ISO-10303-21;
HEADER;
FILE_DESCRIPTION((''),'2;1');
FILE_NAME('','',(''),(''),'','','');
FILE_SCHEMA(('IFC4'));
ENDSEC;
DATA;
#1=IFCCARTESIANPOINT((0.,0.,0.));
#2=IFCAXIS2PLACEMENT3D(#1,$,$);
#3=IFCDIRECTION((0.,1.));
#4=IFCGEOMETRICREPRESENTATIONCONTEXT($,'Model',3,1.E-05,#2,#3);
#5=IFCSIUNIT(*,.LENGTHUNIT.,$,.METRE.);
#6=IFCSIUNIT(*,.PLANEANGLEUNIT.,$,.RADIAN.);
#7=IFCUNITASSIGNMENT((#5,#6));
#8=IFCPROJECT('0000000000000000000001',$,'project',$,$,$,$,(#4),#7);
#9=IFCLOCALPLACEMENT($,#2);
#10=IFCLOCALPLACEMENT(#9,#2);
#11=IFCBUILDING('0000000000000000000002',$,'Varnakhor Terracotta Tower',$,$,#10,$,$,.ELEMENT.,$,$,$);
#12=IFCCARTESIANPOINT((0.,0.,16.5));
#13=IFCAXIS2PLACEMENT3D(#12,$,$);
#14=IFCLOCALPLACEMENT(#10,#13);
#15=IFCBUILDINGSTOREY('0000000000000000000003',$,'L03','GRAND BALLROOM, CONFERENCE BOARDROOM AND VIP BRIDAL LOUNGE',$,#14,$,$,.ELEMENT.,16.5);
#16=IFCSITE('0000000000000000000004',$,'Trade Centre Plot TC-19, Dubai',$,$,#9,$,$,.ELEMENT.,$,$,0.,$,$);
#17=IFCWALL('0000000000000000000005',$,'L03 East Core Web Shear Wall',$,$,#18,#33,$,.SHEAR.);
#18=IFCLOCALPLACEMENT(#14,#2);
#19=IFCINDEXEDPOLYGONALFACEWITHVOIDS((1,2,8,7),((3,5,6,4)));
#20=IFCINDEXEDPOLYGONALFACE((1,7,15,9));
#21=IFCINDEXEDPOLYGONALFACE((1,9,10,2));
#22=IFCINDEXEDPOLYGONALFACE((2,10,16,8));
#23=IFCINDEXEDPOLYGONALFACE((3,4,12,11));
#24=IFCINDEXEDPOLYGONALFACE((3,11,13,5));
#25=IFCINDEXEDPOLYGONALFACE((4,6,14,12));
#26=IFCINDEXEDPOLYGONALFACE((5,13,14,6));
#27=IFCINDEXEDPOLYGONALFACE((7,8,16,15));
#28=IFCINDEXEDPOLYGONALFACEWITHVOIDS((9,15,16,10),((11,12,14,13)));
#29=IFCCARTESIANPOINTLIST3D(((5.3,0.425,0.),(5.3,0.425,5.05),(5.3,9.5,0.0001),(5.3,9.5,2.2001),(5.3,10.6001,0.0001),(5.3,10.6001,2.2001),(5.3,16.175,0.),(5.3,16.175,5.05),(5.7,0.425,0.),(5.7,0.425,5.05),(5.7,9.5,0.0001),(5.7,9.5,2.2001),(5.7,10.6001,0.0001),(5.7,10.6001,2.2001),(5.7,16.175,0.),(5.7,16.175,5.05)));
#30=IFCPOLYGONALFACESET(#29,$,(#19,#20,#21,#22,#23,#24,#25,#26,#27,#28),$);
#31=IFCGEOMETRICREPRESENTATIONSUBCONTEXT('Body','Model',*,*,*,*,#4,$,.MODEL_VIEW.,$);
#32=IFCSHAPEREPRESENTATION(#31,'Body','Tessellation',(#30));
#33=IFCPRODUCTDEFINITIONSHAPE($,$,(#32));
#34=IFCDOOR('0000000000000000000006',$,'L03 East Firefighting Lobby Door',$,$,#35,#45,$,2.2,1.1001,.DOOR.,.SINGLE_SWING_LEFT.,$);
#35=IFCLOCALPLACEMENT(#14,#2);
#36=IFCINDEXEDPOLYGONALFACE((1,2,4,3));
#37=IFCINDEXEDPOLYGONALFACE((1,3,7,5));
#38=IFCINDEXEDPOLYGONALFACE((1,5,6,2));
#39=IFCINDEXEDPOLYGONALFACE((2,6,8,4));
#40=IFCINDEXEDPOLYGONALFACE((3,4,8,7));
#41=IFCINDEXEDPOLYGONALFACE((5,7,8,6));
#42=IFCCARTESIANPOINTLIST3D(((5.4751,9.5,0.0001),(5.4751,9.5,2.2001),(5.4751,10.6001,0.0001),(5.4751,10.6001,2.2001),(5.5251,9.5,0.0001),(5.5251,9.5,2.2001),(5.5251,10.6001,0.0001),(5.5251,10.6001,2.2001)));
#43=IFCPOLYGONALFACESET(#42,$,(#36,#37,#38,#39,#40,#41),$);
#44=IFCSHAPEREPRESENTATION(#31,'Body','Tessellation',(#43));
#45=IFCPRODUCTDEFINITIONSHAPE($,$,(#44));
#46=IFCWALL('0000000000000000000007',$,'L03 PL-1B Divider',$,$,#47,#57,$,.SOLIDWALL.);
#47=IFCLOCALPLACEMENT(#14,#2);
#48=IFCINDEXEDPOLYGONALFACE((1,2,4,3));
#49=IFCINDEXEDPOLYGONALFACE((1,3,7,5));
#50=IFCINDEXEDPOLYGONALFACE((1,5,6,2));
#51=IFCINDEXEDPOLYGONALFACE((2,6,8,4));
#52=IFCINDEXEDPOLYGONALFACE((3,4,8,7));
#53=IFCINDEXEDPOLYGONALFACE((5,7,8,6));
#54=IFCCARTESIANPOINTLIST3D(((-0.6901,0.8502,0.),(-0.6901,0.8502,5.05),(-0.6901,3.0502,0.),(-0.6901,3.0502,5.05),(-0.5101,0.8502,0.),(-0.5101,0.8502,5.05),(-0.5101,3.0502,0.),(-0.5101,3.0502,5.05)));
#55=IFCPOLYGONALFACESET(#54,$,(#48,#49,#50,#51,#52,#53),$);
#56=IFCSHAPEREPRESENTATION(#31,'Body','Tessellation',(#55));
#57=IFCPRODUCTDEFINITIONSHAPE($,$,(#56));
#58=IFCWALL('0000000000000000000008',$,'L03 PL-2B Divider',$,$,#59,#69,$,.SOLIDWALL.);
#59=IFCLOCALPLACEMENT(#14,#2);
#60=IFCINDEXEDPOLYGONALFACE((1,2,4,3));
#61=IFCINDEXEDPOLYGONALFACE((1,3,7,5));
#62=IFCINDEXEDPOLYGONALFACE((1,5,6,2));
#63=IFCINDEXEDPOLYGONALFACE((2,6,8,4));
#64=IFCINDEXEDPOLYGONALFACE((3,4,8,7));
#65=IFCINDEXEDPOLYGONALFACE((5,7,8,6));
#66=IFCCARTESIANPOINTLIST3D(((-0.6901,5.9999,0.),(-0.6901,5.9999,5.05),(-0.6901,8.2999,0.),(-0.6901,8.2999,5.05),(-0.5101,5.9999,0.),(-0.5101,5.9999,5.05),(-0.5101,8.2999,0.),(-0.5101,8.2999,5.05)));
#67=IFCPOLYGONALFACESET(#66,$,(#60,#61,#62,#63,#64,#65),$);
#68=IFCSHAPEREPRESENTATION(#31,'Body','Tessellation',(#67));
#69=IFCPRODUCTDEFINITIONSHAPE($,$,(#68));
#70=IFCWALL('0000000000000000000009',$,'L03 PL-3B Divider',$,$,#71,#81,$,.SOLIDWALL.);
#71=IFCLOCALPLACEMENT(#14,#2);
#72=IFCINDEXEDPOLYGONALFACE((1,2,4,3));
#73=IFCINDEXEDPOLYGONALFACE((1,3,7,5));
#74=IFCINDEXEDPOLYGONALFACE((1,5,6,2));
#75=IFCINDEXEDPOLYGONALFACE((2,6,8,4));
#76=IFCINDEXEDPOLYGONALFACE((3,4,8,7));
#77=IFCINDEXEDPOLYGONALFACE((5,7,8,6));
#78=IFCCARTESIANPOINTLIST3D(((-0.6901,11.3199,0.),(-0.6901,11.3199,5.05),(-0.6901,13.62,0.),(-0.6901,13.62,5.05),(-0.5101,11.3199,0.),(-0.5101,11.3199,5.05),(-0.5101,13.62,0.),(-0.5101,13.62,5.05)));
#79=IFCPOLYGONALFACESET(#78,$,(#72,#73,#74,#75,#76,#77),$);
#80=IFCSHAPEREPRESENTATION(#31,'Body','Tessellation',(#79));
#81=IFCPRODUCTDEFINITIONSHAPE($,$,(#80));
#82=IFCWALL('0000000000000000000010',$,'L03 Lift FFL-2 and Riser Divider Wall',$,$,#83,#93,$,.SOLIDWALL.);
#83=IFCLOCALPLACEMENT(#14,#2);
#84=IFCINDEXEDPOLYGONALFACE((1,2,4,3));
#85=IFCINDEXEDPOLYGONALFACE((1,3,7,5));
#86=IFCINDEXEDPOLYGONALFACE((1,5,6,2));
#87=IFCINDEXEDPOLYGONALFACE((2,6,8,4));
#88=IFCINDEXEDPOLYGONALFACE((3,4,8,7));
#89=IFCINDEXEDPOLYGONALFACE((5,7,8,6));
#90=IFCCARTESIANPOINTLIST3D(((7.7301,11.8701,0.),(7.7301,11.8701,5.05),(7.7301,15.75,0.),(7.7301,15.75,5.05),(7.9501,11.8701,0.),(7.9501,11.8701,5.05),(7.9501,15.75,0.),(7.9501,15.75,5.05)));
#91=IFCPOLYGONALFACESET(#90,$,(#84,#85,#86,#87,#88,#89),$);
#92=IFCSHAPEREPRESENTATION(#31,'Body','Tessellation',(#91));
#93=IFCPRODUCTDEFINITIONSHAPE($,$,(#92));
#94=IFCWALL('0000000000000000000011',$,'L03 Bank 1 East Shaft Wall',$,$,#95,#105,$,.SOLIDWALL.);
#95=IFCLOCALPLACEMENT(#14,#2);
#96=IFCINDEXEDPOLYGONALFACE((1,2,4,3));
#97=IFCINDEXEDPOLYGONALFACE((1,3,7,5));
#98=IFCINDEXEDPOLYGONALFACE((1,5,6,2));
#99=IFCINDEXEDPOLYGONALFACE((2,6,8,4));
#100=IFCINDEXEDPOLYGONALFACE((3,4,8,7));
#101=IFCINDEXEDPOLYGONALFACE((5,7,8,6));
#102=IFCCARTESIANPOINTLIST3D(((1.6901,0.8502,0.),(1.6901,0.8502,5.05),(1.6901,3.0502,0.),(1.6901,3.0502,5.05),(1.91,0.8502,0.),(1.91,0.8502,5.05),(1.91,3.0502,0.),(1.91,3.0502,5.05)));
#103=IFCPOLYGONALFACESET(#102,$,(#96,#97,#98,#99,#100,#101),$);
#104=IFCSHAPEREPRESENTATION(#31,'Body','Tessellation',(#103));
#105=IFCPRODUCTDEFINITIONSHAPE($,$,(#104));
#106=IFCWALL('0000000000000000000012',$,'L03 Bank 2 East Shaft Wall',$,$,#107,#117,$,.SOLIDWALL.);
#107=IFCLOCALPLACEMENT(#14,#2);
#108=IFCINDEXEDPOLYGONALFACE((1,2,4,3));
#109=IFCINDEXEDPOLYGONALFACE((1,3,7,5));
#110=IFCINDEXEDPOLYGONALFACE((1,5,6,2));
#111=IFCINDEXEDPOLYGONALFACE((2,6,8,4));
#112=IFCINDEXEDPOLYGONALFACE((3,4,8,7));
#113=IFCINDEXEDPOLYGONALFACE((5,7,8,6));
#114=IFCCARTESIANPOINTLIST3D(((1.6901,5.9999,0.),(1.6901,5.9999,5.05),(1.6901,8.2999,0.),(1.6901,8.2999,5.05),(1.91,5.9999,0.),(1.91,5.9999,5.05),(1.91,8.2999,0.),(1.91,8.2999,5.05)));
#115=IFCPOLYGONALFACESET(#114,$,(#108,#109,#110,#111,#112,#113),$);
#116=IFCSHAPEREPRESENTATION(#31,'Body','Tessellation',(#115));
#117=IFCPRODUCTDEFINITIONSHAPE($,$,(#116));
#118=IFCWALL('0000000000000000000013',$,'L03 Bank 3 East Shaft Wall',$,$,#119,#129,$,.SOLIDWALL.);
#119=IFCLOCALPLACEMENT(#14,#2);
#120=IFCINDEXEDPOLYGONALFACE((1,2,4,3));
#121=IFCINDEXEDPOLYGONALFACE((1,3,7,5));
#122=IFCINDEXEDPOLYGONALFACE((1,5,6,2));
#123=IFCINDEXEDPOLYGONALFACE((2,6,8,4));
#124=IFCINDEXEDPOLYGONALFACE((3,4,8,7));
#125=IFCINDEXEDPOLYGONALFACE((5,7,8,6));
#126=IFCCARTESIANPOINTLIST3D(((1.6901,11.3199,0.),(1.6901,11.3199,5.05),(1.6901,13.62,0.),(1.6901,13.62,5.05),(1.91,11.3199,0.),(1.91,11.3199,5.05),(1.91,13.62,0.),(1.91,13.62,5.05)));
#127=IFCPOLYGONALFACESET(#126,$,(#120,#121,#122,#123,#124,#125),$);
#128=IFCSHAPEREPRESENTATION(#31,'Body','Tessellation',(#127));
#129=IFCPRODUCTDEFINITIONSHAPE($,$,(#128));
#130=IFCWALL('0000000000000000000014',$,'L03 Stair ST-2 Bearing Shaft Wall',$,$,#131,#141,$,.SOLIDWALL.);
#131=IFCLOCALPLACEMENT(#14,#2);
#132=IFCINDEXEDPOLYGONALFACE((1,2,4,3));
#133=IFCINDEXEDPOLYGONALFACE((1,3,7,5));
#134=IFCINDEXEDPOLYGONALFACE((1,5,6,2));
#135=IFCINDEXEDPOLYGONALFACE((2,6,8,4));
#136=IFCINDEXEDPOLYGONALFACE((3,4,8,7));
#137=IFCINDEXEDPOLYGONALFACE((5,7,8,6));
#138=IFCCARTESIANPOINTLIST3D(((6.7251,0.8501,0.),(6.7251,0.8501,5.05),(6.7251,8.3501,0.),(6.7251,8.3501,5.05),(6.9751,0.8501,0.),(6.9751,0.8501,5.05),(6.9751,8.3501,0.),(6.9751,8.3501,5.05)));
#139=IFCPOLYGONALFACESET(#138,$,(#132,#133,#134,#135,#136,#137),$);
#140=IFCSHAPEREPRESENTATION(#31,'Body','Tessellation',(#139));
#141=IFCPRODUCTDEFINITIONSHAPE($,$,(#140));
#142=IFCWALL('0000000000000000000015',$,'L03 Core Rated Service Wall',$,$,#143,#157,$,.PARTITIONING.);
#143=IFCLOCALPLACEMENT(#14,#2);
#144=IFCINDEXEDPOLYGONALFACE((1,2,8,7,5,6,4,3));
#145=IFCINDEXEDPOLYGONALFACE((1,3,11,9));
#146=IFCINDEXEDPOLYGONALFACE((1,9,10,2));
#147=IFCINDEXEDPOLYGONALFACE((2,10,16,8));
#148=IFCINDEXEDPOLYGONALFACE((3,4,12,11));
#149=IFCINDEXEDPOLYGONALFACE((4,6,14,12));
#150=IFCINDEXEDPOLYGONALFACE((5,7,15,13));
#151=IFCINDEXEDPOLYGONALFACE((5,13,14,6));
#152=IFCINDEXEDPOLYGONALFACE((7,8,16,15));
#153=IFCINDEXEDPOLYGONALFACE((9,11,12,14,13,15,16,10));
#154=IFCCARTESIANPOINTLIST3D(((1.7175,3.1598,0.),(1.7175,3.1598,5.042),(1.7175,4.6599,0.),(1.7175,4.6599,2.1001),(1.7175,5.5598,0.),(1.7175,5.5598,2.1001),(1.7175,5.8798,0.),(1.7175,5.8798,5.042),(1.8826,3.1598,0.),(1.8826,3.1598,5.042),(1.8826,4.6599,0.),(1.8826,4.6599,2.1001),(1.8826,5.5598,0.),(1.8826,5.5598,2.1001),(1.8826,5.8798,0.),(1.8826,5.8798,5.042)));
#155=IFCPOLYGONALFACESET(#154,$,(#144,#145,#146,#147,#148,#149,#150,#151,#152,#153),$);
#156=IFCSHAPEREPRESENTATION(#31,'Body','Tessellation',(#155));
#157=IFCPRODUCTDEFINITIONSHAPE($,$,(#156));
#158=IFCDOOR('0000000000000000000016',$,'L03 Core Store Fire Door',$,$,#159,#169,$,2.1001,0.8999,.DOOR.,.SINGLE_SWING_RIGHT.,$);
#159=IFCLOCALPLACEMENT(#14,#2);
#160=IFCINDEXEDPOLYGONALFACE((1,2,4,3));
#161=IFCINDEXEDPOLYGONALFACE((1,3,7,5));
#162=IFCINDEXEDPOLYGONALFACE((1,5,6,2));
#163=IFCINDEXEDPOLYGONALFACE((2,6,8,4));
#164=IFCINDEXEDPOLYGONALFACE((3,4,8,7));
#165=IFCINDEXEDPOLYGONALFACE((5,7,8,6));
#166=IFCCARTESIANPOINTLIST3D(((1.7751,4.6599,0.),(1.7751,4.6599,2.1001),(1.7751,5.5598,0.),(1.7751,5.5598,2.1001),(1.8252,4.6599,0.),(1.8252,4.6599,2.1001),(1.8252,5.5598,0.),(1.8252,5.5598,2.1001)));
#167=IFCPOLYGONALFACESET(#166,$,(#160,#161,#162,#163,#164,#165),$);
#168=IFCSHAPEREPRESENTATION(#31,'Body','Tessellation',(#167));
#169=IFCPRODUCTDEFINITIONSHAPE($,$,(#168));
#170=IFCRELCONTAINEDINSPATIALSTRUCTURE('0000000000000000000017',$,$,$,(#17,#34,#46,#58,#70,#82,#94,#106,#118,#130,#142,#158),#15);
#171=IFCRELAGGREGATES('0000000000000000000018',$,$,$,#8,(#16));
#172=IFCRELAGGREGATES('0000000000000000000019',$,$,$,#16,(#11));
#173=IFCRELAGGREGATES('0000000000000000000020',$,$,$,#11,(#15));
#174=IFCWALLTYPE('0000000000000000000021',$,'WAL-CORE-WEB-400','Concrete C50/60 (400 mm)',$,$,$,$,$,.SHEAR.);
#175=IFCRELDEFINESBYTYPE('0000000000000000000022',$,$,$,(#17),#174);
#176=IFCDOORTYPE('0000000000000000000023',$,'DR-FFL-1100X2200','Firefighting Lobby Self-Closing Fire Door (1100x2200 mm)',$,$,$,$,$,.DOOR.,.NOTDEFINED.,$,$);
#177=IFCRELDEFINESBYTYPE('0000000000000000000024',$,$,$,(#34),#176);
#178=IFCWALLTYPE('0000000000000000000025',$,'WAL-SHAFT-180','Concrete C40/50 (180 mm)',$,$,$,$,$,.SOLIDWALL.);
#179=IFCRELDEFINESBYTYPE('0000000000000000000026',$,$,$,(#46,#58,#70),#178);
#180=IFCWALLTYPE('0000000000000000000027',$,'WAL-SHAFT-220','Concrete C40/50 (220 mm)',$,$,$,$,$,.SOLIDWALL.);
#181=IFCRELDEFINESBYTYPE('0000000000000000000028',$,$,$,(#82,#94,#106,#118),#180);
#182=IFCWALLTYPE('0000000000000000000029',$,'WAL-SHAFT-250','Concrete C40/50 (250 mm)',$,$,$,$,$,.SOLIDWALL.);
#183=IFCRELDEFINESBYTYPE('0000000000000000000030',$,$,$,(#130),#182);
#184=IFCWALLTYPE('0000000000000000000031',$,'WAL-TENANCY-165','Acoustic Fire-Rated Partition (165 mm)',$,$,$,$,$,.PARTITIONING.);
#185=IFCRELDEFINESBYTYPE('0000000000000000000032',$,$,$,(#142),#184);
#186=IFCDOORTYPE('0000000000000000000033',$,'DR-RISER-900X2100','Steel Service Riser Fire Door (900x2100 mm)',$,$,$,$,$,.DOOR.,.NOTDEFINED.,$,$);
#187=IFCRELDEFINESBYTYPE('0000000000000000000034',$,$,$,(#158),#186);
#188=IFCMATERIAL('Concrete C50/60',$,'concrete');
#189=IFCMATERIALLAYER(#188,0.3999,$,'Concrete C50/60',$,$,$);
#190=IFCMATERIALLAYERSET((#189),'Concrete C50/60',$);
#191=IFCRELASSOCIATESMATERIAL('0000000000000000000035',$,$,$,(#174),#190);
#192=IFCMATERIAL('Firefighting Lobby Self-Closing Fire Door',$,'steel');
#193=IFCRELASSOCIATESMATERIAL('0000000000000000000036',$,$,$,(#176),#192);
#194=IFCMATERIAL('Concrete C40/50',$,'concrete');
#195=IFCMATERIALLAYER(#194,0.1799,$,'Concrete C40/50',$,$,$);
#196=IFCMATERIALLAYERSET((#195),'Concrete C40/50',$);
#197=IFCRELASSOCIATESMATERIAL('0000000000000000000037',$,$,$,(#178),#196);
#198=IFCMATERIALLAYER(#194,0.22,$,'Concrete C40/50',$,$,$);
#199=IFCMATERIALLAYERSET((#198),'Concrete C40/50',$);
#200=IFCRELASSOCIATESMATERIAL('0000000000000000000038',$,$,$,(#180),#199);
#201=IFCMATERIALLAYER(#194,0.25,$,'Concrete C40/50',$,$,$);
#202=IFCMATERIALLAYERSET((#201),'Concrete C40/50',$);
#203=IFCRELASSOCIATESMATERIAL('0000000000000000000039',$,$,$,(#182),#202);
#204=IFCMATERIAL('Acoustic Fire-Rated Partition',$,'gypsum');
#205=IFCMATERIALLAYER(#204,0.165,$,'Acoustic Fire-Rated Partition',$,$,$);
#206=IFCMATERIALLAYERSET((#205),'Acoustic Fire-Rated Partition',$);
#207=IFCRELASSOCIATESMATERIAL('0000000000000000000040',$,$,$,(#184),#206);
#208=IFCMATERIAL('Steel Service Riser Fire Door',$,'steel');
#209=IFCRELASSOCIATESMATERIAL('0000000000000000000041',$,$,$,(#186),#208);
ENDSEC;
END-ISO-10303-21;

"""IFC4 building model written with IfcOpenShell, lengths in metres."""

from ifc_helpers import new_model, si_unit, direction, frame, frame_2d, origin, place, context, subcontext, project, spatial, rectangle, extrude, source, transform, mapped, material, layer, layer_set, type_object, type_shapes, element, fill, save


model = new_model("IFC4")

# Units and contexts
model_context = context("Model", 3, precision=1e-05, world=origin(), true_north=direction((0.0, 1.0)))
body_context = subcontext(model_context, "Body", "Model", "MODEL_VIEW")
ifc_project = project(units=[si_unit("LENGTHUNIT", "METRE"), si_unit("PLANEANGLEUNIT", "RADIAN")], contexts=[model_context])

# Site, building, storey
site_placement = place(None, origin())
site = spatial("IfcSite", under=ifc_project, at=site_placement, Name="Trade Centre Plot TC-19, Dubai", CompositionType="ELEMENT", RefElevation=0.0)
building_placement = place(site_placement, origin())
building = spatial("IfcBuilding", under=site, at=building_placement, Name="Varnakhor Terracotta Tower", CompositionType="ELEMENT")
storey_placement = place(building_placement, frame((0.0, 0.0, 16.5)))
storey = spatial("IfcBuildingStorey", under=building, at=storey_placement, Name="L03", Description="GRAND BALLROOM, CONFERENCE BOARDROOM AND VIP BRIDAL LOUNGE", CompositionType="ELEMENT", Elevation=16.5)

# Shared definitions
ifc_material_1 = material(Name="Concrete C50/60", Category="concrete")

# Shared definitions
ifc_material_2 = material(Name="Concrete C40/50", Category="concrete")

# Wall, opening, door
ifc_layer_1 = layer(ifc_material_1, 0.3999, Name="Concrete C50/60")
ifc_layer_set_1 = layer_set([ifc_layer_1], Name="Concrete C50/60")
wall_type_1 = type_object("IfcWallType", Name="WAL-CORE-WEB-400", Description="Concrete C50/60 (400 mm)", PredefinedType="SHEAR", material=ifc_layer_set_1)
wall_1_placement = place(storey_placement, frame((5.5, 0.425, 0.0), z_axis=(0.0, 0.0, 1.0), x_axis=(0.0, 1.0, 0.0)))
wall_1 = element("IfcWall", 1, at=wall_1_placement, inside=storey, type_object=wall_type_1, Name="L03 East Core Web Shear Wall", PredefinedType="SHEAR", context=body_context, shape_type="SweptSolid", body=[
    extrude(rectangle(XDim=15.75, YDim=0.3999, at=frame_2d((7.875, 0.0))), origin(), (0.0, 0.0, 1.0), 5.05),
])
opening_1_placement = place(wall_1_placement, frame((9.075, 0.0, 0.0)))
opening_1 = element("IfcOpeningElement", 2, at=opening_1_placement, cuts=wall_1, PredefinedType="OPENING", context=body_context, shape_type="SweptSolid", body=[
    extrude(rectangle(XDim=1.1001, YDim=2.2, at=frame_2d((0.55, 1.1001))), frame((0.0, 0.21, 0.0), z_axis=(0.0, -1.0, 0.0), x_axis=(1.0, 0.0, 0.0)), (0.0, 0.0, 1.0), 0.4199),
])
ifc_material_3 = material(Name="Firefighting Lobby Self-Closing Fire Door", Category="steel")
door_type_1 = type_object("IfcDoorType", Name="DR-FFL-1100X2200", Description="Firefighting Lobby Self-Closing Fire Door (1100x2200 mm)", OperationType="NOTDEFINED", PredefinedType="DOOR", material=ifc_material_3)
shared_shape_1 = source(origin(), body_context, "Body", "SweptSolid", [
    extrude(rectangle(XDim=1.1001, YDim=2.2, at=frame_2d((0.55, 1.1001))), frame((0.0, 0.0249, 0.0), z_axis=(0.0, -1.0, 0.0), x_axis=(1.0, 0.0, 0.0)), (0.0, 0.0, 1.0), 0.05),
])
type_shapes(door_type_1, [shared_shape_1])
door_1_placement = place(opening_1_placement, origin())
door_1 = element("IfcDoor", 3, at=door_1_placement, inside=storey, type_object=door_type_1, Name="L03 East Firefighting Lobby Door", OperationType="SINGLE_SWING_LEFT", OverallHeight=2.2, OverallWidth=1.1001, PredefinedType="DOOR", context=body_context, shape_type="MappedRepresentation", body=[
    mapped(shared_shape_1, transform((0.0, 0.0, 0.0), scale=1.0)),
])
fill(opening_1, door_1)

# Walls
ifc_layer_2 = layer(ifc_material_2, 0.1799, Name="Concrete C40/50")
ifc_layer_set_2 = layer_set([ifc_layer_2], Name="Concrete C40/50")
wall_type_2 = type_object("IfcWallType", Name="WAL-SHAFT-180", Description="Concrete C40/50 (180 mm)", PredefinedType="SOLIDWALL", material=ifc_layer_set_2)
wall_2_placement = place(storey_placement, frame((-0.6001, 0.8501, 0.0), z_axis=(0.0, 0.0, 1.0), x_axis=(0.0, 1.0, 0.0)))
element("IfcWall", 4, at=wall_2_placement, inside=storey, type_object=wall_type_2, Name="L03 PL-1B Divider", PredefinedType="SOLIDWALL", context=body_context, shape_type="SweptSolid", body=[
    extrude(rectangle(XDim=2.2, YDim=0.1799, at=frame_2d((1.1001, 0.0))), origin(), (0.0, 0.0, 1.0), 5.05),
])
for number, where, z_axis, x_axis, name in (
    (5, (-0.6001, 6.0, 0.0), (0.0, 0.0, 1.0), (0.0, 1.0, 0.0), "L03 PL-2B Divider"),
    (6, (-0.6001, 11.3201, 0.0), (0.0, 0.0, 1.0), (0.0, 1.0, 0.0), "L03 PL-3B Divider"),
):
    element("IfcWall", number, at=place(storey_placement, frame(where, z_axis=z_axis, x_axis=x_axis)), inside=storey, type_object=wall_type_2, Name=name, PredefinedType="SOLIDWALL", context=body_context, shape_type="SweptSolid", body=[
        extrude(rectangle(XDim=2.3, YDim=0.1799, at=frame_2d((1.1499, 0.0))), origin(), (0.0, 0.0, 1.0), 5.05),
    ])
ifc_layer_3 = layer(ifc_material_2, 0.22, Name="Concrete C40/50")
ifc_layer_set_3 = layer_set([ifc_layer_3], Name="Concrete C40/50")
wall_type_3 = type_object("IfcWallType", Name="WAL-SHAFT-220", Description="Concrete C40/50 (220 mm)", PredefinedType="SOLIDWALL", material=ifc_layer_set_3)
wall_3_placement = place(storey_placement, frame((7.8401, 11.8701, 0.0), z_axis=(0.0, 0.0, 1.0), x_axis=(0.0, 1.0, 0.0)))
element("IfcWall", 7, at=wall_3_placement, inside=storey, type_object=wall_type_3, Name="L03 Lift FFL-2 and Riser Divider Wall", PredefinedType="SOLIDWALL", context=body_context, shape_type="SweptSolid", body=[
    extrude(rectangle(XDim=3.8799, YDim=0.22, at=frame_2d((1.9399, 0.0))), origin(), (0.0, 0.0, 1.0), 5.05),
])
wall_4_placement = place(storey_placement, frame((1.8, 0.8501, 0.0), z_axis=(0.0, 0.0, 1.0), x_axis=(0.0, 1.0, 0.0)))
element("IfcWall", 8, at=wall_4_placement, inside=storey, type_object=wall_type_3, Name="L03 Bank 1 East Shaft Wall", PredefinedType="SOLIDWALL", context=body_context, shape_type="SweptSolid", body=[
    extrude(rectangle(XDim=2.2, YDim=0.22, at=frame_2d((1.1001, 0.0))), origin(), (0.0, 0.0, 1.0), 5.05),
])
for number, where, z_axis, x_axis, name in (
    (9, (1.8, 6.0, 0.0), (0.0, 0.0, 1.0), (0.0, 1.0, 0.0), "L03 Bank 2 East Shaft Wall"),
    (10, (1.8, 11.3201, 0.0), (0.0, 0.0, 1.0), (0.0, 1.0, 0.0), "L03 Bank 3 East Shaft Wall"),
):
    element("IfcWall", number, at=place(storey_placement, frame(where, z_axis=z_axis, x_axis=x_axis)), inside=storey, type_object=wall_type_3, Name=name, PredefinedType="SOLIDWALL", context=body_context, shape_type="SweptSolid", body=[
        extrude(rectangle(XDim=2.3, YDim=0.22, at=frame_2d((1.1499, 0.0))), origin(), (0.0, 0.0, 1.0), 5.05),
    ])
ifc_layer_4 = layer(ifc_material_2, 0.25, Name="Concrete C40/50")
ifc_layer_set_4 = layer_set([ifc_layer_4], Name="Concrete C40/50")
wall_type_4 = type_object("IfcWallType", Name="WAL-SHAFT-250", Description="Concrete C40/50 (250 mm)", PredefinedType="SOLIDWALL", material=ifc_layer_set_4)
wall_5_placement = place(storey_placement, frame((6.8501, 0.8501, 0.0), z_axis=(0.0, 0.0, 1.0), x_axis=(0.0, 1.0, 0.0)))
element("IfcWall", 11, at=wall_5_placement, inside=storey, type_object=wall_type_4, Name="L03 Stair ST-2 Bearing Shaft Wall", PredefinedType="SOLIDWALL", context=body_context, shape_type="SweptSolid", body=[
    extrude(rectangle(XDim=7.5, YDim=0.25, at=frame_2d((3.75, 0.0))), origin(), (0.0, 0.0, 1.0), 5.05),
])

# Wall, opening, door
ifc_material_4 = material(Name="Acoustic Fire-Rated Partition", Category="gypsum")
ifc_layer_5 = layer(ifc_material_4, 0.165, Name="Acoustic Fire-Rated Partition")
ifc_layer_set_5 = layer_set([ifc_layer_5], Name="Acoustic Fire-Rated Partition")
wall_type_5 = type_object("IfcWallType", Name="WAL-TENANCY-165", Description="Acoustic Fire-Rated Partition (165 mm)", PredefinedType="PARTITIONING", material=ifc_layer_set_5)
wall_6_placement = place(storey_placement, frame((1.8, 3.1599, 0.0), z_axis=(0.0, 0.0, 1.0), x_axis=(0.0, 1.0, 0.0)))
wall_6 = element("IfcWall", 12, at=wall_6_placement, inside=storey, type_object=wall_type_5, Name="L03 Core Rated Service Wall", PredefinedType="PARTITIONING", context=body_context, shape_type="SweptSolid", body=[
    extrude(rectangle(XDim=2.72, YDim=0.165, at=frame_2d((1.3599, 0.0))), origin(), (0.0, 0.0, 1.0), 5.042),
])
opening_2_placement = place(wall_6_placement, frame((1.5, 0.0, 0.0)))
opening_2 = element("IfcOpeningElement", 13, at=opening_2_placement, cuts=wall_6, PredefinedType="OPENING", context=body_context, shape_type="SweptSolid", body=[
    extrude(rectangle(XDim=0.8999, YDim=2.1001, at=frame_2d((0.45, 1.05))), frame((0.0, 0.0925, 0.0), z_axis=(0.0, -1.0, 0.0), x_axis=(1.0, 0.0, 0.0)), (0.0, 0.0, 1.0), 0.1851),
])
ifc_material_5 = material(Name="Steel Service Riser Fire Door", Category="steel")
door_type_2 = type_object("IfcDoorType", Name="DR-RISER-900X2100", Description="Steel Service Riser Fire Door (900x2100 mm)", OperationType="NOTDEFINED", PredefinedType="DOOR", material=ifc_material_5)
shared_shape_2 = source(origin(), body_context, "Body", "SweptSolid", [
    extrude(rectangle(XDim=0.8999, YDim=2.1001, at=frame_2d((0.45, 1.05))), frame((0.0, 0.0249, 0.0), z_axis=(0.0, -1.0, 0.0), x_axis=(1.0, 0.0, 0.0)), (0.0, 0.0, 1.0), 0.05),
])
type_shapes(door_type_2, [shared_shape_2])
door_2_placement = place(opening_2_placement, origin())
door_2 = element("IfcDoor", 14, at=door_2_placement, inside=storey, type_object=door_type_2, Name="L03 Core Store Fire Door", OperationType="SINGLE_SWING_RIGHT", OverallHeight=2.1001, OverallWidth=0.8999, PredefinedType="DOOR", context=body_context, shape_type="MappedRepresentation", body=[
    mapped(shared_shape_2, transform((0.0, 0.0, 0.0), scale=1.0)),
])
fill(opening_2, door_2)

save(model, "model.ifc")
